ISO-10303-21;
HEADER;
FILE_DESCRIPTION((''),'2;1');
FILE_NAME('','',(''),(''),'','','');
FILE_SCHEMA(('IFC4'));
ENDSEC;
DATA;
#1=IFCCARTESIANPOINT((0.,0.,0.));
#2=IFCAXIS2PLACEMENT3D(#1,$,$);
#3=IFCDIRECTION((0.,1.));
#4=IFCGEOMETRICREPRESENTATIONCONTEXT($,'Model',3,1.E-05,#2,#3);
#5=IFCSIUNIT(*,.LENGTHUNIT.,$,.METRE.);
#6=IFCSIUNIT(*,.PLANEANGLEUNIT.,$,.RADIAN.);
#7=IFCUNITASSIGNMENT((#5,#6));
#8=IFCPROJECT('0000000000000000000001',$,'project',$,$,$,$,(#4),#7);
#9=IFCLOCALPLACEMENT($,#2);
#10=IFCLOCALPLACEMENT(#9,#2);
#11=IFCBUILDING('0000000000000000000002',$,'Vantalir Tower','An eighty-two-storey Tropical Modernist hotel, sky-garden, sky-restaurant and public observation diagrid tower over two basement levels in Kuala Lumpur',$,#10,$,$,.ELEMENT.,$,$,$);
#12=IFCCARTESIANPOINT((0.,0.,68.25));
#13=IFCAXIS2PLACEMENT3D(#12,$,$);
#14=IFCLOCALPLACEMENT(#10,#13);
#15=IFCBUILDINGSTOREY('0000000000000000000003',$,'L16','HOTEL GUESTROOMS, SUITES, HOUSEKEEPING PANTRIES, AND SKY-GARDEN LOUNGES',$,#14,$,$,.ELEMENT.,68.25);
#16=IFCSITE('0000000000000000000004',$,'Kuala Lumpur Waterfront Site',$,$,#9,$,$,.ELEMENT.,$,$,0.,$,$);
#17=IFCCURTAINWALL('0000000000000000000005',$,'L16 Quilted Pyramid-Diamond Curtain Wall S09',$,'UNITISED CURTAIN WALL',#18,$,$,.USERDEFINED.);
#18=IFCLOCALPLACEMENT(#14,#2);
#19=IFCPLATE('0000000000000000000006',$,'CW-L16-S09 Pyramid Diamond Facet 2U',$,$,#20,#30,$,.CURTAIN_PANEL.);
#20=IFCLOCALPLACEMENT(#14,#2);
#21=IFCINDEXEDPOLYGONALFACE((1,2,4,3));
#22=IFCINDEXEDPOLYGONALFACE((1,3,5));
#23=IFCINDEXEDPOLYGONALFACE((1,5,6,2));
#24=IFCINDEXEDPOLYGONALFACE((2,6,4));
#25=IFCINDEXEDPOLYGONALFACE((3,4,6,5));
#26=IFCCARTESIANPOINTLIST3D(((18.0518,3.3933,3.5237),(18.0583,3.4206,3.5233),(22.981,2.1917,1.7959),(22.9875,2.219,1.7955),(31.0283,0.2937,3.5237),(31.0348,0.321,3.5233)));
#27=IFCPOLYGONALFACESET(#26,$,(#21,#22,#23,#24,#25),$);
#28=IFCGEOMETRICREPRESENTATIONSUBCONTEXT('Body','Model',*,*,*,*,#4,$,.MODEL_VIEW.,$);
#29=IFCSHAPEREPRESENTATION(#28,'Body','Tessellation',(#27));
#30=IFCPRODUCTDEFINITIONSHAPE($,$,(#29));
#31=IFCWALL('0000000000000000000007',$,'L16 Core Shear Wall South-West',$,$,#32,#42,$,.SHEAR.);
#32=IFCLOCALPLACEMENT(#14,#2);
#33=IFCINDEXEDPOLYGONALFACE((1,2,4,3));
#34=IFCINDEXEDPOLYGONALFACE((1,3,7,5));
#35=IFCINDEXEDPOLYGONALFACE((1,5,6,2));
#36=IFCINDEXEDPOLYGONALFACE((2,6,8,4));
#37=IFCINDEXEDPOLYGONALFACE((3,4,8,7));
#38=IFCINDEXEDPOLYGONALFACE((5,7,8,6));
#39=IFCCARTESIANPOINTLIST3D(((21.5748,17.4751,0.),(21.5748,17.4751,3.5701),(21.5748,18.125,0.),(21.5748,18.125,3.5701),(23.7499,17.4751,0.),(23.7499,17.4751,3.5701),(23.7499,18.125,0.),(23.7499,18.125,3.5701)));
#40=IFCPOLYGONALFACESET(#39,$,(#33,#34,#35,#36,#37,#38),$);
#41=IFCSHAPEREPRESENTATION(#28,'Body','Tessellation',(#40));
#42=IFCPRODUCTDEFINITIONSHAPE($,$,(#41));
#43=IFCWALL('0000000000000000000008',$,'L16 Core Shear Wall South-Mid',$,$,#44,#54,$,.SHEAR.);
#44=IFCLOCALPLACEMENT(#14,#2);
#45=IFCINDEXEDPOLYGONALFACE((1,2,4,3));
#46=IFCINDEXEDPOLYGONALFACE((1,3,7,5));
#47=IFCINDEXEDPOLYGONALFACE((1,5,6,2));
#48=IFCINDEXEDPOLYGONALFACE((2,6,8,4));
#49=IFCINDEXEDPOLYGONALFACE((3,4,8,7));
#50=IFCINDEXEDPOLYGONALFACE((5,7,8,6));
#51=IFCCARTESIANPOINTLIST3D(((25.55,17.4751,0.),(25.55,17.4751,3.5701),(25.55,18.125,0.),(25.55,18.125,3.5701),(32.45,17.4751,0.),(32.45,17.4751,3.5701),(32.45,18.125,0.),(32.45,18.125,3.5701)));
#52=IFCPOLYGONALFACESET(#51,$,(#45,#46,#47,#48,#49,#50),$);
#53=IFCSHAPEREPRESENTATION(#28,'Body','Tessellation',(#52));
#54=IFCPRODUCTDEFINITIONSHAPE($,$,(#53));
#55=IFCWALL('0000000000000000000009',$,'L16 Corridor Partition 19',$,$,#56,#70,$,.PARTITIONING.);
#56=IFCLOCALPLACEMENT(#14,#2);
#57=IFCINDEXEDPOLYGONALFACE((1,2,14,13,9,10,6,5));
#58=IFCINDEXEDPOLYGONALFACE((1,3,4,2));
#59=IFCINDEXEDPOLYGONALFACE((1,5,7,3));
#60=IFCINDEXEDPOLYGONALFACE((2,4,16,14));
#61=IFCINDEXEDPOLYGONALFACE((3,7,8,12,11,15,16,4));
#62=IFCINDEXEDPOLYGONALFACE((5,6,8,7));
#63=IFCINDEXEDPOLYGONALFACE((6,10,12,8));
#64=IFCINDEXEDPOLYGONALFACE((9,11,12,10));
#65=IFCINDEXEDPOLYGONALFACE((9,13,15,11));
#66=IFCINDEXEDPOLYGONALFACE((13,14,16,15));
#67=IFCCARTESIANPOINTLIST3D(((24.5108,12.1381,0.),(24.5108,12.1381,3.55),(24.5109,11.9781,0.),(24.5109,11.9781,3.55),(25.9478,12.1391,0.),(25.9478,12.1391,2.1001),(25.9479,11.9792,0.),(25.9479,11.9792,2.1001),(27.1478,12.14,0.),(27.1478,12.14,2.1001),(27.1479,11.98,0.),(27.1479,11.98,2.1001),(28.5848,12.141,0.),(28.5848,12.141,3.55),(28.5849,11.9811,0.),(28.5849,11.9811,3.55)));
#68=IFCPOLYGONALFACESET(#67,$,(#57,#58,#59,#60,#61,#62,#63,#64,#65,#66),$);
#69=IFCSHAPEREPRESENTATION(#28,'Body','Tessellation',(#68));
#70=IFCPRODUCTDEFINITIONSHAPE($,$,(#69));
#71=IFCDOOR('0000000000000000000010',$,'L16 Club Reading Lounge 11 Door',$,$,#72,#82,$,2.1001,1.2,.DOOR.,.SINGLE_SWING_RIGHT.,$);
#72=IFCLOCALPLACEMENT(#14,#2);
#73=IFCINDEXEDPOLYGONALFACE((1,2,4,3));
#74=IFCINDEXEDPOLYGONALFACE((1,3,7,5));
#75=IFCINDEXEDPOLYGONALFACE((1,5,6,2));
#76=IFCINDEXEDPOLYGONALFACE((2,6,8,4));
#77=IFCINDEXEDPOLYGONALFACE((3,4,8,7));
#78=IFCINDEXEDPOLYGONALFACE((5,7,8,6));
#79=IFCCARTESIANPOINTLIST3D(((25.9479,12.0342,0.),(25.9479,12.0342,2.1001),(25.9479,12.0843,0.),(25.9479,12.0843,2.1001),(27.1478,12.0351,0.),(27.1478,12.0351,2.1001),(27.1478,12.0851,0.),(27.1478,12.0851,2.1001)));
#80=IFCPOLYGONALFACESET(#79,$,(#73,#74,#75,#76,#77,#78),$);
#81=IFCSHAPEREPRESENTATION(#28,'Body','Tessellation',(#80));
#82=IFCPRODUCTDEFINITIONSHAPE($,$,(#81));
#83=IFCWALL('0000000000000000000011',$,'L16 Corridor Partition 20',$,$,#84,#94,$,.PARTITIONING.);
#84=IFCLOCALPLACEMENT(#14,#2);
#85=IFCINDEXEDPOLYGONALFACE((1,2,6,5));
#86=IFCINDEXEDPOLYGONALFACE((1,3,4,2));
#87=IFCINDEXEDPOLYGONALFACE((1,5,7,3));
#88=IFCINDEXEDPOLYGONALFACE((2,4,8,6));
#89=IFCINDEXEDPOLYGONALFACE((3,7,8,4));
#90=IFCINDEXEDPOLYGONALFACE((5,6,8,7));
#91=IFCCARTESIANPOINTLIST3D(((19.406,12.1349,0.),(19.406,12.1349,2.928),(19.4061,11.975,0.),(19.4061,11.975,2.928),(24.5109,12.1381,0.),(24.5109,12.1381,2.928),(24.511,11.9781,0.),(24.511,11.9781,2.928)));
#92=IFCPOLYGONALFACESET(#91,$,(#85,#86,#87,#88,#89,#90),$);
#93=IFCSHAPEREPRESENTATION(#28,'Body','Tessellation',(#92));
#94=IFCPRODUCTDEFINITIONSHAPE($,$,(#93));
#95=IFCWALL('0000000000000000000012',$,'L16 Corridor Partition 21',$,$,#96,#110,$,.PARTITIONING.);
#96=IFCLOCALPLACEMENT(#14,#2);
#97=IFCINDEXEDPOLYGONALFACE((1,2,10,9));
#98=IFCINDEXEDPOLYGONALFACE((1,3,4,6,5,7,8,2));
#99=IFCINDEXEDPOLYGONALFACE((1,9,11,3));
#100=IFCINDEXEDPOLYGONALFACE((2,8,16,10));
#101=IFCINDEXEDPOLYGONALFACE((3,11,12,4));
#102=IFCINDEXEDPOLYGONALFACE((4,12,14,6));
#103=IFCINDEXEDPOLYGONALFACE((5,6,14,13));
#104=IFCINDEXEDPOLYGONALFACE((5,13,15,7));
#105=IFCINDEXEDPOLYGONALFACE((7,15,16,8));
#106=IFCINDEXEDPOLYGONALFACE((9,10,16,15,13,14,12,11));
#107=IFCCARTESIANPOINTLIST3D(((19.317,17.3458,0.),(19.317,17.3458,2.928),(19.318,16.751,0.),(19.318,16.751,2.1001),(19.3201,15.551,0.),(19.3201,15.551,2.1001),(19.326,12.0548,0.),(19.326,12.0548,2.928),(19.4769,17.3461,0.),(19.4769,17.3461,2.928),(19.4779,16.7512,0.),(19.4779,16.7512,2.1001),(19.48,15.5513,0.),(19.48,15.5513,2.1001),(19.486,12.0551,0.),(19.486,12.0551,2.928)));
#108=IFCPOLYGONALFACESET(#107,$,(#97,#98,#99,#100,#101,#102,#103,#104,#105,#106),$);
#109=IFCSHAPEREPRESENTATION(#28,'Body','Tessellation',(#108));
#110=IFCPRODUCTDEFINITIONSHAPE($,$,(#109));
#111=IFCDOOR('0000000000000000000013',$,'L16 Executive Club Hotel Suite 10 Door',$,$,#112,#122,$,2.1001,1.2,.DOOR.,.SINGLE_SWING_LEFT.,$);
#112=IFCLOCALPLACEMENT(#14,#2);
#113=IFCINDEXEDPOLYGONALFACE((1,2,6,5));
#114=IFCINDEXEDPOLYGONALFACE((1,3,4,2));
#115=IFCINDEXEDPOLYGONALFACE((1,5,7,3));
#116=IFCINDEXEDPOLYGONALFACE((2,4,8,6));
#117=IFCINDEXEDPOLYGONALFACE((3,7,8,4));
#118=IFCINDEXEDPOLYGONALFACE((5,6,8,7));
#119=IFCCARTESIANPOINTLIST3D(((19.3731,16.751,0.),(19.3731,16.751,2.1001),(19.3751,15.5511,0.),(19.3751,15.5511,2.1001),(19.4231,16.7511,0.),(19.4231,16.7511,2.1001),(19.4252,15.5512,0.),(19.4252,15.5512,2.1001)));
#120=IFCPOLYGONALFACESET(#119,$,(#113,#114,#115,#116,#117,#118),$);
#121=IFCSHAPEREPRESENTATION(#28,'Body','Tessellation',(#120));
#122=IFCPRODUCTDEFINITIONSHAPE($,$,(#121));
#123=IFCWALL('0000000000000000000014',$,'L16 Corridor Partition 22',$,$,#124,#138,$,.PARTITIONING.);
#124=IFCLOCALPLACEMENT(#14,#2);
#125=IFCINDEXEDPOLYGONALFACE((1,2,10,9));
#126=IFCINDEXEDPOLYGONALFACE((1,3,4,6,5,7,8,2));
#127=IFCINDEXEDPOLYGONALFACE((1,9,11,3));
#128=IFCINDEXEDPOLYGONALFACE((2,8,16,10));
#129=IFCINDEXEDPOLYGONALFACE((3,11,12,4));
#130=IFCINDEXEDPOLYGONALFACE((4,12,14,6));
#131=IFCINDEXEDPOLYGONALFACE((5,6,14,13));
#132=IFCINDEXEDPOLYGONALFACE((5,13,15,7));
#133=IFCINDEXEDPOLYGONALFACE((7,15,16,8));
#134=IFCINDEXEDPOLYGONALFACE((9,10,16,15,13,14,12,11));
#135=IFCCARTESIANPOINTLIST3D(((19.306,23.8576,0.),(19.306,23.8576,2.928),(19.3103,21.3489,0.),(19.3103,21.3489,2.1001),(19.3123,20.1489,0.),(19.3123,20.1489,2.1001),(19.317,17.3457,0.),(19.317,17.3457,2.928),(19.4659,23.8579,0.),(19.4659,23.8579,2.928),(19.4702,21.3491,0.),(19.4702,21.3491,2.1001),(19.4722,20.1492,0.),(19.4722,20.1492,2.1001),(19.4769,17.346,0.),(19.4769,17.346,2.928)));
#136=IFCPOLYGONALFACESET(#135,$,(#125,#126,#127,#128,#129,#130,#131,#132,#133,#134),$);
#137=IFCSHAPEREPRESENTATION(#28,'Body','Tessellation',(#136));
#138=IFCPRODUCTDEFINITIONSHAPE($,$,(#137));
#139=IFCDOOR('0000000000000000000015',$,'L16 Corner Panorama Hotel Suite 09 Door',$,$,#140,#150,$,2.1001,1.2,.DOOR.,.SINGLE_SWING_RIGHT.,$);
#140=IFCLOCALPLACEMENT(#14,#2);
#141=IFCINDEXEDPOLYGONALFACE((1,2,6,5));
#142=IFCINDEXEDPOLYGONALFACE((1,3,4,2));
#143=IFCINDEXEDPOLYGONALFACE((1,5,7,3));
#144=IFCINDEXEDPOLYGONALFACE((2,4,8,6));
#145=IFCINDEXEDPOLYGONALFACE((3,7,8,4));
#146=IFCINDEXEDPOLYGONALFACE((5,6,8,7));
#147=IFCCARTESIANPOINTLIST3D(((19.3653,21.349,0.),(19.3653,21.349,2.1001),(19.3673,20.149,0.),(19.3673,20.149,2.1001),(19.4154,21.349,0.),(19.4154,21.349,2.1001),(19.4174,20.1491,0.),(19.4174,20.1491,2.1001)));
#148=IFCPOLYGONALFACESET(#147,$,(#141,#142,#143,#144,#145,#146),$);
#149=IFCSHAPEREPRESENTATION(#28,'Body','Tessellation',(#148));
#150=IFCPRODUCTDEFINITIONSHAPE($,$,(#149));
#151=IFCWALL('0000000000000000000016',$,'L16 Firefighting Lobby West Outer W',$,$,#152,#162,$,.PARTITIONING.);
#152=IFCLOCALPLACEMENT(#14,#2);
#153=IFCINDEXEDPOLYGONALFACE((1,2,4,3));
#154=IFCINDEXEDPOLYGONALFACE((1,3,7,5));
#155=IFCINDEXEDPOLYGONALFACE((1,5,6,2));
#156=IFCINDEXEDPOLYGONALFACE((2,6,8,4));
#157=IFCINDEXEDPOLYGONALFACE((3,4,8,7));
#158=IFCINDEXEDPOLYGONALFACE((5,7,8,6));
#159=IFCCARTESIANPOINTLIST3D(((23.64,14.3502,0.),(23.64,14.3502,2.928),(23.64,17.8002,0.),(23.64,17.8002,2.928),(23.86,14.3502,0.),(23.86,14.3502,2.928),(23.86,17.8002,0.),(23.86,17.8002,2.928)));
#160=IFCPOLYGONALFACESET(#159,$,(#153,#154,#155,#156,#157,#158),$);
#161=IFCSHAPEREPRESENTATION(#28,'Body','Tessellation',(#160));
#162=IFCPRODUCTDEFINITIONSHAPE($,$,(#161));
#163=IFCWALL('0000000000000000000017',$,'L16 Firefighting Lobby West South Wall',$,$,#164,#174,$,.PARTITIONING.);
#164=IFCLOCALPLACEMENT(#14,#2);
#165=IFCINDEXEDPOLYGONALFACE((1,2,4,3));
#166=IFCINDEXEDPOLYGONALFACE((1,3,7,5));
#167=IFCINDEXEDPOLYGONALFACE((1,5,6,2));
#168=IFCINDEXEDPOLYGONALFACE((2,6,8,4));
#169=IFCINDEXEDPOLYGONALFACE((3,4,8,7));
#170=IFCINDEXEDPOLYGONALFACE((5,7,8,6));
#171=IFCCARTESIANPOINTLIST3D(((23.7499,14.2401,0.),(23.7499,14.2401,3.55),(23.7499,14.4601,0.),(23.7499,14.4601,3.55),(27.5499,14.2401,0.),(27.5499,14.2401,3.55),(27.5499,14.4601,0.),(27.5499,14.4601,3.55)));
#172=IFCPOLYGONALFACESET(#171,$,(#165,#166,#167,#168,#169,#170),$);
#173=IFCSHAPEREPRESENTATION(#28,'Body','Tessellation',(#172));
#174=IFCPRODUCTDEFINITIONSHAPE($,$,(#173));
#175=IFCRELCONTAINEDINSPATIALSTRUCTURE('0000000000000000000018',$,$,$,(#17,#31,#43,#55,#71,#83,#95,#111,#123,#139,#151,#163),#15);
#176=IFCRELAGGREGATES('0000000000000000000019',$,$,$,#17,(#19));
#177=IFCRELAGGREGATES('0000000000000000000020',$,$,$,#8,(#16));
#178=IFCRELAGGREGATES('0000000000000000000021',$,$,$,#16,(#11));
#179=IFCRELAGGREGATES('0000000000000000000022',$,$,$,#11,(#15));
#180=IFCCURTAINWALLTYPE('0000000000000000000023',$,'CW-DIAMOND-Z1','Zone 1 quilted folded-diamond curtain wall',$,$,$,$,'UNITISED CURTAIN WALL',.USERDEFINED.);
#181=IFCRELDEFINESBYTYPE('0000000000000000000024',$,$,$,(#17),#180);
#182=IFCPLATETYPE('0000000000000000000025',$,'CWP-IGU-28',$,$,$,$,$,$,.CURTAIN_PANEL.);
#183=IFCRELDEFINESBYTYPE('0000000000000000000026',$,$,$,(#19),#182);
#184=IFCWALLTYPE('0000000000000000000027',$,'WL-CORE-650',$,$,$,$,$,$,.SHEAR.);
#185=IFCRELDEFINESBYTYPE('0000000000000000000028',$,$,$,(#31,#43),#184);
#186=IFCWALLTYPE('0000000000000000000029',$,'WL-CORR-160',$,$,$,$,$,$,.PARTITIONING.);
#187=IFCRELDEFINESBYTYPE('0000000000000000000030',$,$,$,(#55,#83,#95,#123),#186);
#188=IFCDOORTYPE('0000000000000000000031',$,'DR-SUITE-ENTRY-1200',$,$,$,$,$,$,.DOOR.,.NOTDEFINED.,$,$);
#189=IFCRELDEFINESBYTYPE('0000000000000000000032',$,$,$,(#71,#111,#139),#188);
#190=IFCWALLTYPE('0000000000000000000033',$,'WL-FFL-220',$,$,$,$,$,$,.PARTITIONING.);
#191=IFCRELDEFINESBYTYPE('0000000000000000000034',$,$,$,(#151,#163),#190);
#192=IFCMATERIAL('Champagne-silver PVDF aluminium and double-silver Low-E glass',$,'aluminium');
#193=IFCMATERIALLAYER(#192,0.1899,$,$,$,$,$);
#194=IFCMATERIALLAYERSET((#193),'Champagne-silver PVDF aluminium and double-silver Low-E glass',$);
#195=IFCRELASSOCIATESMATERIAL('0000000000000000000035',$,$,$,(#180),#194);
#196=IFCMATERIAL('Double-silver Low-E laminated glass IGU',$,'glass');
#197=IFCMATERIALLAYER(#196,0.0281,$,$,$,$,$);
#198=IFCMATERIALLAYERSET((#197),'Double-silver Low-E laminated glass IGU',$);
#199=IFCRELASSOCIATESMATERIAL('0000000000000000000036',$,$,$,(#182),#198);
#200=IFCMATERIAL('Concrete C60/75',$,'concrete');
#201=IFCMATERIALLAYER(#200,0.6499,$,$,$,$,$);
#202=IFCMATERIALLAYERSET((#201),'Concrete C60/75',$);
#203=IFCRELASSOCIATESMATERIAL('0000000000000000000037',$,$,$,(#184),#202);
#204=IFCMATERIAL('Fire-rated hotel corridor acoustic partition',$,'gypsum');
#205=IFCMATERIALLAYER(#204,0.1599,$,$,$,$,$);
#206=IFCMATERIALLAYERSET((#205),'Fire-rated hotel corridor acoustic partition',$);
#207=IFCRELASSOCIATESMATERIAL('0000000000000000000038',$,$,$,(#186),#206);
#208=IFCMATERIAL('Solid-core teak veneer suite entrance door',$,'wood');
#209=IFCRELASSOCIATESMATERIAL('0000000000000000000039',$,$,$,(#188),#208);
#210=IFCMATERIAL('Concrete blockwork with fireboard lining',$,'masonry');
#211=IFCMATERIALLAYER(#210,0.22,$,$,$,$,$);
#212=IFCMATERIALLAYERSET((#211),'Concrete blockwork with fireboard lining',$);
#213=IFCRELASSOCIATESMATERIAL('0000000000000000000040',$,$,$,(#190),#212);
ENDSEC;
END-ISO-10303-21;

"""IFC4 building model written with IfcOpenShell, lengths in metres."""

from ifc_helpers import new_model, si_unit, direction, frame, frame_2d, origin, place, context, subcontext, project, spatial, polyline, rectangle, outline, extrude, material, layer, layer_set, type_object, element, fill, aggregate, save


model = new_model("IFC4")

# Units and contexts
model_context = context("Model", 3, precision=1e-05, world=origin(), true_north=direction((0.0, 1.0)))
body_context = subcontext(model_context, "Body", "Model", "MODEL_VIEW")
ifc_project = project(units=[si_unit("LENGTHUNIT", "METRE"), si_unit("PLANEANGLEUNIT", "RADIAN")], contexts=[model_context])

# Site, building, storey
site_placement = place(None, origin())
site = spatial("IfcSite", under=ifc_project, at=site_placement, Name="Kuala Lumpur Waterfront Site", CompositionType="ELEMENT", RefElevation=0.0)
building_placement = place(site_placement, origin())
building = spatial("IfcBuilding", under=site, at=building_placement, Name="Vantalir Tower", Description="An eighty-two-storey Tropical Modernist hotel, sky-garden, sky-restaurant and public observation diagrid tower over two basement levels in Kuala Lumpur", CompositionType="ELEMENT")
storey_placement = place(building_placement, frame((0.0, 0.0, 68.25)))
storey = spatial("IfcBuildingStorey", under=building, at=storey_placement, Name="L16", Description="HOTEL GUESTROOMS, SUITES, HOUSEKEEPING PANTRIES, AND SKY-GARDEN LOUNGES", CompositionType="ELEMENT", Elevation=68.25)

# Shared definitions
ifc_material_1 = material(Name="Concrete C60/75", Category="concrete")

# Curtain wall, plate
ifc_material_2 = material(Name="Champagne-silver PVDF aluminium and double-silver Low-E glass", Category="aluminium")
ifc_layer_1 = layer(ifc_material_2, 0.1899)
ifc_layer_set_1 = layer_set([ifc_layer_1], Name="Champagne-silver PVDF aluminium and double-silver Low-E glass")
curtain_wall_type = type_object("IfcCurtainWallType", Name="CW-DIAMOND-Z1", Description="Zone 1 quilted folded-diamond curtain wall", ElementType="UNITISED CURTAIN WALL", PredefinedType="USERDEFINED", material=ifc_layer_set_1)
curtain_wall_placement = place(storey_placement, origin())
curtain_wall = element("IfcCurtainWall", 1, at=curtain_wall_placement, inside=storey, type_object=curtain_wall_type, Name="L16 Quilted Pyramid-Diamond Curtain Wall S09", ObjectType="UNITISED CURTAIN WALL", PredefinedType="USERDEFINED")
ifc_material_3 = material(Name="Double-silver Low-E laminated glass IGU", Category="glass")
ifc_layer_2 = layer(ifc_material_3, 0.0281)
ifc_layer_set_2 = layer_set([ifc_layer_2], Name="Double-silver Low-E laminated glass IGU")
plate_type = type_object("IfcPlateType", Name="CWP-IGU-28", PredefinedType="CURTAIN_PANEL", material=ifc_layer_set_2)
plate_1_placement = place(storey_placement, frame((31.0283, 0.2937, 3.5237), z_axis=(-0.232305, -0.972547, 0.013656), x_axis=(-0.972638, 0.232326, 0.0)))
plate_1 = element("IfcPlate", 2, at=plate_1_placement, type_object=plate_type, Name="CW-L16-S09 Pyramid Diamond Facet 2U", PredefinedType="CURTAIN_PANEL", context=body_context, shape_type="SweptSolid", body=[
    extrude(outline(polyline([(0.0, 0.0), (13.3416, 0.0), (8.2681, 1.7279), (0.0, 0.0)])), origin(), (0.0, 0.0, -1.0), 0.0281),
])
aggregate(curtain_wall, [plate_1])

# Walls
ifc_layer_3 = layer(ifc_material_1, 0.6499)
ifc_layer_set_3 = layer_set([ifc_layer_3], Name="Concrete C60/75")
wall_type_1 = type_object("IfcWallType", Name="WL-CORE-650", PredefinedType="SHEAR", material=ifc_layer_set_3)
wall_1_placement = place(storey_placement, frame((21.575, 17.8, 0.0), z_axis=(0.0, 0.0, 1.0), x_axis=(1.0, 0.0, 0.0)))
element("IfcWall", 3, at=wall_1_placement, inside=storey, type_object=wall_type_1, Name="L16 Core Shear Wall South-West", PredefinedType="SHEAR", context=body_context, shape_type="SweptSolid", body=[
    extrude(rectangle(XDim=2.175, YDim=0.6499, at=frame_2d((1.0874, 0.0))), origin(), (0.0, 0.0, 1.0), 3.5701),
])
wall_2_placement = place(storey_placement, frame((25.55, 17.8, 0.0), z_axis=(0.0, 0.0, 1.0), x_axis=(1.0, 0.0, 0.0)))
element("IfcWall", 4, at=wall_2_placement, inside=storey, type_object=wall_type_1, Name="L16 Core Shear Wall South-Mid", PredefinedType="SHEAR", context=body_context, shape_type="SweptSolid", body=[
    extrude(rectangle(XDim=6.8999, YDim=0.6499, at=frame_2d((3.45, 0.0))), origin(), (0.0, 0.0, 1.0), 3.5701),
])

# Wall, opening, door
ifc_material_4 = material(Name="Fire-rated hotel corridor acoustic partition", Category="gypsum")
ifc_layer_4 = layer(ifc_material_4, 0.1599)
ifc_layer_set_4 = layer_set([ifc_layer_4], Name="Fire-rated hotel corridor acoustic partition")
wall_type_2 = type_object("IfcWallType", Name="WL-CORR-160", PredefinedType="PARTITIONING", material=ifc_layer_set_4)
wall_3_placement = place(storey_placement, frame((28.585, 12.061, 0.0), z_axis=(0.0, 0.0, 1.0), x_axis=(-1.0, -0.000719, 0.0)))
wall_3 = element("IfcWall", 5, at=wall_3_placement, inside=storey, type_object=wall_type_2, Name="L16 Corridor Partition 19", PredefinedType="PARTITIONING", context=body_context, shape_type="SweptSolid", body=[
    extrude(rectangle(XDim=4.074, YDim=0.1599, at=frame_2d((2.0371, 0.0))), origin(), (0.0, 0.0, 1.0), 3.55),
])
opening_1_placement = place(wall_3_placement, frame((1.437, 0.0, 0.0)))
opening_1 = element("IfcOpeningElement", 6, at=opening_1_placement, cuts=wall_3, PredefinedType="OPENING", context=body_context, shape_type="SweptSolid", body=[
    extrude(rectangle(XDim=1.2, YDim=2.1001, at=frame_2d((0.6001, 1.05))), frame((0.0, 0.0898, 0.0), z_axis=(0.0, -1.0, 0.0), x_axis=(1.0, 0.0, 0.0)), (0.0, 0.0, 1.0), 0.1799),
])
ifc_material_5 = material(Name="Solid-core teak veneer suite entrance door", Category="wood")
door_type_1 = type_object("IfcDoorType", Name="DR-SUITE-ENTRY-1200", OperationType="NOTDEFINED", PredefinedType="DOOR", material=ifc_material_5)
door_1_placement = place(opening_1_placement, origin())
door_1 = element("IfcDoor", 7, at=door_1_placement, inside=storey, type_object=door_type_1, Name="L16 Club Reading Lounge 11 Door", OperationType="SINGLE_SWING_RIGHT", OverallHeight=2.1001, OverallWidth=1.2, PredefinedType="DOOR", context=body_context, shape_type="SweptSolid", body=[
    extrude(rectangle(XDim=1.2, YDim=2.1001, at=frame_2d((0.6001, 1.05))), frame((0.0, 0.0249, 0.0), z_axis=(0.0, -1.0, 0.0), x_axis=(1.0, 0.0, 0.0)), (0.0, 0.0, 1.0), 0.05),
])
fill(opening_1, door_1)

# Wall
wall_4_placement = place(storey_placement, frame((24.511, 12.0581, 0.0), z_axis=(0.0, 0.0, 1.0), x_axis=(-1.0, -0.000622, 0.0)))
element("IfcWall", 8, at=wall_4_placement, inside=storey, type_object=wall_type_2, Name="L16 Corridor Partition 20", PredefinedType="PARTITIONING", context=body_context, shape_type="SweptSolid", body=[
    extrude(rectangle(XDim=5.105, YDim=0.1599, at=frame_2d((2.5525, 0.0))), origin(), (0.0, 0.0, 1.0), 2.928),
])

# Walls, openings, doors
wall_5_placement = place(storey_placement, frame((19.406, 12.0549, 0.0), z_axis=(0.0, 0.0, 1.0), x_axis=(-0.001707, 0.999999, 0.0)))
wall_5 = element("IfcWall", 9, at=wall_5_placement, inside=storey, type_object=wall_type_2, Name="L16 Corridor Partition 21", PredefinedType="PARTITIONING", context=body_context, shape_type="SweptSolid", body=[
    extrude(rectangle(XDim=5.291, YDim=0.1599, at=frame_2d((2.6455, 0.0))), origin(), (0.0, 0.0, 1.0), 2.928),
])
opening_2_placement = place(wall_5_placement, frame((3.4961, 0.0, 0.0)))
opening_2 = element("IfcOpeningElement", 10, at=opening_2_placement, cuts=wall_5, PredefinedType="OPENING", context=body_context, shape_type="SweptSolid", body=[
    extrude(rectangle(XDim=1.2, YDim=2.1001, at=frame_2d((0.6001, 1.05))), frame((0.0, 0.0898, 0.0), z_axis=(0.0, -1.0, 0.0), x_axis=(1.0, 0.0, 0.0)), (0.0, 0.0, 1.0), 0.1799),
])
door_2_placement = place(opening_2_placement, origin())
door_2 = element("IfcDoor", 11, at=door_2_placement, inside=storey, type_object=door_type_1, Name="L16 Executive Club Hotel Suite 10 Door", OperationType="SINGLE_SWING_LEFT", OverallHeight=2.1001, OverallWidth=1.2, PredefinedType="DOOR", context=body_context, shape_type="SweptSolid", body=[
    extrude(rectangle(XDim=1.2, YDim=2.1001, at=frame_2d((0.6001, 1.05))), frame((0.0, 0.0249, 0.0), z_axis=(0.0, -1.0, 0.0), x_axis=(1.0, 0.0, 0.0)), (0.0, 0.0, 1.0), 0.05),
])
fill(opening_2, door_2)
wall_6_placement = place(storey_placement, frame((19.397, 17.3459, 0.0), z_axis=(0.0, 0.0, 1.0), x_axis=(-0.001687, 0.999999, 0.0)))
wall_6 = element("IfcWall", 12, at=wall_6_placement, inside=storey, type_object=wall_type_2, Name="L16 Corridor Partition 22", PredefinedType="PARTITIONING", context=body_context, shape_type="SweptSolid", body=[
    extrude(rectangle(XDim=6.512, YDim=0.1599, at=frame_2d((3.2559, 0.0))), origin(), (0.0, 0.0, 1.0), 2.928),
])
opening_3_placement = place(wall_6_placement, frame((2.803, 0.0, 0.0)))
opening_3 = element("IfcOpeningElement", 13, at=opening_3_placement, cuts=wall_6, PredefinedType="OPENING", context=body_context, shape_type="SweptSolid", body=[
    extrude(rectangle(XDim=1.2, YDim=2.1001, at=frame_2d((0.6001, 1.05))), frame((0.0, 0.0898, 0.0), z_axis=(0.0, -1.0, 0.0), x_axis=(1.0, 0.0, 0.0)), (0.0, 0.0, 1.0), 0.1799),
])
door_3_placement = place(opening_3_placement, origin())
door_3 = element("IfcDoor", 14, at=door_3_placement, inside=storey, type_object=door_type_1, Name="L16 Corner Panorama Hotel Suite 09 Door", OperationType="SINGLE_SWING_RIGHT", OverallHeight=2.1001, OverallWidth=1.2, PredefinedType="DOOR", context=body_context, shape_type="SweptSolid", body=[
    extrude(rectangle(XDim=1.2, YDim=2.1001, at=frame_2d((0.6001, 1.05))), frame((0.0, 0.0249, 0.0), z_axis=(0.0, -1.0, 0.0), x_axis=(1.0, 0.0, 0.0)), (0.0, 0.0, 1.0), 0.05),
])
fill(opening_3, door_3)

# Walls
ifc_material_6 = material(Name="Concrete blockwork with fireboard lining", Category="masonry")
ifc_layer_5 = layer(ifc_material_6, 0.22)
ifc_layer_set_5 = layer_set([ifc_layer_5], Name="Concrete blockwork with fireboard lining")
wall_type_3 = type_object("IfcWallType", Name="WL-FFL-220", PredefinedType="PARTITIONING", material=ifc_layer_set_5)
wall_7_placement = place(storey_placement, frame((23.75, 14.3501, 0.0), z_axis=(0.0, 0.0, 1.0), x_axis=(0.0, 1.0, 0.0)))
element("IfcWall", 15, at=wall_7_placement, inside=storey, type_object=wall_type_3, Name="L16 Firefighting Lobby West Outer W", PredefinedType="PARTITIONING", context=body_context, shape_type="SweptSolid", body=[
    extrude(rectangle(XDim=3.45, YDim=0.22, at=frame_2d((1.7251, 0.0))), origin(), (0.0, 0.0, 1.0), 2.928),
])
wall_8_placement = place(storey_placement, frame((23.75, 14.3501, 0.0), z_axis=(0.0, 0.0, 1.0), x_axis=(1.0, 0.0, 0.0)))
element("IfcWall", 16, at=wall_8_placement, inside=storey, type_object=wall_type_3, Name="L16 Firefighting Lobby West South Wall", PredefinedType="PARTITIONING", context=body_context, shape_type="SweptSolid", body=[
    extrude(rectangle(XDim=3.8, YDim=0.22, at=frame_2d((1.8999, 0.0))), origin(), (0.0, 0.0, 1.0), 3.55),
])

save(model, "model.ifc")
